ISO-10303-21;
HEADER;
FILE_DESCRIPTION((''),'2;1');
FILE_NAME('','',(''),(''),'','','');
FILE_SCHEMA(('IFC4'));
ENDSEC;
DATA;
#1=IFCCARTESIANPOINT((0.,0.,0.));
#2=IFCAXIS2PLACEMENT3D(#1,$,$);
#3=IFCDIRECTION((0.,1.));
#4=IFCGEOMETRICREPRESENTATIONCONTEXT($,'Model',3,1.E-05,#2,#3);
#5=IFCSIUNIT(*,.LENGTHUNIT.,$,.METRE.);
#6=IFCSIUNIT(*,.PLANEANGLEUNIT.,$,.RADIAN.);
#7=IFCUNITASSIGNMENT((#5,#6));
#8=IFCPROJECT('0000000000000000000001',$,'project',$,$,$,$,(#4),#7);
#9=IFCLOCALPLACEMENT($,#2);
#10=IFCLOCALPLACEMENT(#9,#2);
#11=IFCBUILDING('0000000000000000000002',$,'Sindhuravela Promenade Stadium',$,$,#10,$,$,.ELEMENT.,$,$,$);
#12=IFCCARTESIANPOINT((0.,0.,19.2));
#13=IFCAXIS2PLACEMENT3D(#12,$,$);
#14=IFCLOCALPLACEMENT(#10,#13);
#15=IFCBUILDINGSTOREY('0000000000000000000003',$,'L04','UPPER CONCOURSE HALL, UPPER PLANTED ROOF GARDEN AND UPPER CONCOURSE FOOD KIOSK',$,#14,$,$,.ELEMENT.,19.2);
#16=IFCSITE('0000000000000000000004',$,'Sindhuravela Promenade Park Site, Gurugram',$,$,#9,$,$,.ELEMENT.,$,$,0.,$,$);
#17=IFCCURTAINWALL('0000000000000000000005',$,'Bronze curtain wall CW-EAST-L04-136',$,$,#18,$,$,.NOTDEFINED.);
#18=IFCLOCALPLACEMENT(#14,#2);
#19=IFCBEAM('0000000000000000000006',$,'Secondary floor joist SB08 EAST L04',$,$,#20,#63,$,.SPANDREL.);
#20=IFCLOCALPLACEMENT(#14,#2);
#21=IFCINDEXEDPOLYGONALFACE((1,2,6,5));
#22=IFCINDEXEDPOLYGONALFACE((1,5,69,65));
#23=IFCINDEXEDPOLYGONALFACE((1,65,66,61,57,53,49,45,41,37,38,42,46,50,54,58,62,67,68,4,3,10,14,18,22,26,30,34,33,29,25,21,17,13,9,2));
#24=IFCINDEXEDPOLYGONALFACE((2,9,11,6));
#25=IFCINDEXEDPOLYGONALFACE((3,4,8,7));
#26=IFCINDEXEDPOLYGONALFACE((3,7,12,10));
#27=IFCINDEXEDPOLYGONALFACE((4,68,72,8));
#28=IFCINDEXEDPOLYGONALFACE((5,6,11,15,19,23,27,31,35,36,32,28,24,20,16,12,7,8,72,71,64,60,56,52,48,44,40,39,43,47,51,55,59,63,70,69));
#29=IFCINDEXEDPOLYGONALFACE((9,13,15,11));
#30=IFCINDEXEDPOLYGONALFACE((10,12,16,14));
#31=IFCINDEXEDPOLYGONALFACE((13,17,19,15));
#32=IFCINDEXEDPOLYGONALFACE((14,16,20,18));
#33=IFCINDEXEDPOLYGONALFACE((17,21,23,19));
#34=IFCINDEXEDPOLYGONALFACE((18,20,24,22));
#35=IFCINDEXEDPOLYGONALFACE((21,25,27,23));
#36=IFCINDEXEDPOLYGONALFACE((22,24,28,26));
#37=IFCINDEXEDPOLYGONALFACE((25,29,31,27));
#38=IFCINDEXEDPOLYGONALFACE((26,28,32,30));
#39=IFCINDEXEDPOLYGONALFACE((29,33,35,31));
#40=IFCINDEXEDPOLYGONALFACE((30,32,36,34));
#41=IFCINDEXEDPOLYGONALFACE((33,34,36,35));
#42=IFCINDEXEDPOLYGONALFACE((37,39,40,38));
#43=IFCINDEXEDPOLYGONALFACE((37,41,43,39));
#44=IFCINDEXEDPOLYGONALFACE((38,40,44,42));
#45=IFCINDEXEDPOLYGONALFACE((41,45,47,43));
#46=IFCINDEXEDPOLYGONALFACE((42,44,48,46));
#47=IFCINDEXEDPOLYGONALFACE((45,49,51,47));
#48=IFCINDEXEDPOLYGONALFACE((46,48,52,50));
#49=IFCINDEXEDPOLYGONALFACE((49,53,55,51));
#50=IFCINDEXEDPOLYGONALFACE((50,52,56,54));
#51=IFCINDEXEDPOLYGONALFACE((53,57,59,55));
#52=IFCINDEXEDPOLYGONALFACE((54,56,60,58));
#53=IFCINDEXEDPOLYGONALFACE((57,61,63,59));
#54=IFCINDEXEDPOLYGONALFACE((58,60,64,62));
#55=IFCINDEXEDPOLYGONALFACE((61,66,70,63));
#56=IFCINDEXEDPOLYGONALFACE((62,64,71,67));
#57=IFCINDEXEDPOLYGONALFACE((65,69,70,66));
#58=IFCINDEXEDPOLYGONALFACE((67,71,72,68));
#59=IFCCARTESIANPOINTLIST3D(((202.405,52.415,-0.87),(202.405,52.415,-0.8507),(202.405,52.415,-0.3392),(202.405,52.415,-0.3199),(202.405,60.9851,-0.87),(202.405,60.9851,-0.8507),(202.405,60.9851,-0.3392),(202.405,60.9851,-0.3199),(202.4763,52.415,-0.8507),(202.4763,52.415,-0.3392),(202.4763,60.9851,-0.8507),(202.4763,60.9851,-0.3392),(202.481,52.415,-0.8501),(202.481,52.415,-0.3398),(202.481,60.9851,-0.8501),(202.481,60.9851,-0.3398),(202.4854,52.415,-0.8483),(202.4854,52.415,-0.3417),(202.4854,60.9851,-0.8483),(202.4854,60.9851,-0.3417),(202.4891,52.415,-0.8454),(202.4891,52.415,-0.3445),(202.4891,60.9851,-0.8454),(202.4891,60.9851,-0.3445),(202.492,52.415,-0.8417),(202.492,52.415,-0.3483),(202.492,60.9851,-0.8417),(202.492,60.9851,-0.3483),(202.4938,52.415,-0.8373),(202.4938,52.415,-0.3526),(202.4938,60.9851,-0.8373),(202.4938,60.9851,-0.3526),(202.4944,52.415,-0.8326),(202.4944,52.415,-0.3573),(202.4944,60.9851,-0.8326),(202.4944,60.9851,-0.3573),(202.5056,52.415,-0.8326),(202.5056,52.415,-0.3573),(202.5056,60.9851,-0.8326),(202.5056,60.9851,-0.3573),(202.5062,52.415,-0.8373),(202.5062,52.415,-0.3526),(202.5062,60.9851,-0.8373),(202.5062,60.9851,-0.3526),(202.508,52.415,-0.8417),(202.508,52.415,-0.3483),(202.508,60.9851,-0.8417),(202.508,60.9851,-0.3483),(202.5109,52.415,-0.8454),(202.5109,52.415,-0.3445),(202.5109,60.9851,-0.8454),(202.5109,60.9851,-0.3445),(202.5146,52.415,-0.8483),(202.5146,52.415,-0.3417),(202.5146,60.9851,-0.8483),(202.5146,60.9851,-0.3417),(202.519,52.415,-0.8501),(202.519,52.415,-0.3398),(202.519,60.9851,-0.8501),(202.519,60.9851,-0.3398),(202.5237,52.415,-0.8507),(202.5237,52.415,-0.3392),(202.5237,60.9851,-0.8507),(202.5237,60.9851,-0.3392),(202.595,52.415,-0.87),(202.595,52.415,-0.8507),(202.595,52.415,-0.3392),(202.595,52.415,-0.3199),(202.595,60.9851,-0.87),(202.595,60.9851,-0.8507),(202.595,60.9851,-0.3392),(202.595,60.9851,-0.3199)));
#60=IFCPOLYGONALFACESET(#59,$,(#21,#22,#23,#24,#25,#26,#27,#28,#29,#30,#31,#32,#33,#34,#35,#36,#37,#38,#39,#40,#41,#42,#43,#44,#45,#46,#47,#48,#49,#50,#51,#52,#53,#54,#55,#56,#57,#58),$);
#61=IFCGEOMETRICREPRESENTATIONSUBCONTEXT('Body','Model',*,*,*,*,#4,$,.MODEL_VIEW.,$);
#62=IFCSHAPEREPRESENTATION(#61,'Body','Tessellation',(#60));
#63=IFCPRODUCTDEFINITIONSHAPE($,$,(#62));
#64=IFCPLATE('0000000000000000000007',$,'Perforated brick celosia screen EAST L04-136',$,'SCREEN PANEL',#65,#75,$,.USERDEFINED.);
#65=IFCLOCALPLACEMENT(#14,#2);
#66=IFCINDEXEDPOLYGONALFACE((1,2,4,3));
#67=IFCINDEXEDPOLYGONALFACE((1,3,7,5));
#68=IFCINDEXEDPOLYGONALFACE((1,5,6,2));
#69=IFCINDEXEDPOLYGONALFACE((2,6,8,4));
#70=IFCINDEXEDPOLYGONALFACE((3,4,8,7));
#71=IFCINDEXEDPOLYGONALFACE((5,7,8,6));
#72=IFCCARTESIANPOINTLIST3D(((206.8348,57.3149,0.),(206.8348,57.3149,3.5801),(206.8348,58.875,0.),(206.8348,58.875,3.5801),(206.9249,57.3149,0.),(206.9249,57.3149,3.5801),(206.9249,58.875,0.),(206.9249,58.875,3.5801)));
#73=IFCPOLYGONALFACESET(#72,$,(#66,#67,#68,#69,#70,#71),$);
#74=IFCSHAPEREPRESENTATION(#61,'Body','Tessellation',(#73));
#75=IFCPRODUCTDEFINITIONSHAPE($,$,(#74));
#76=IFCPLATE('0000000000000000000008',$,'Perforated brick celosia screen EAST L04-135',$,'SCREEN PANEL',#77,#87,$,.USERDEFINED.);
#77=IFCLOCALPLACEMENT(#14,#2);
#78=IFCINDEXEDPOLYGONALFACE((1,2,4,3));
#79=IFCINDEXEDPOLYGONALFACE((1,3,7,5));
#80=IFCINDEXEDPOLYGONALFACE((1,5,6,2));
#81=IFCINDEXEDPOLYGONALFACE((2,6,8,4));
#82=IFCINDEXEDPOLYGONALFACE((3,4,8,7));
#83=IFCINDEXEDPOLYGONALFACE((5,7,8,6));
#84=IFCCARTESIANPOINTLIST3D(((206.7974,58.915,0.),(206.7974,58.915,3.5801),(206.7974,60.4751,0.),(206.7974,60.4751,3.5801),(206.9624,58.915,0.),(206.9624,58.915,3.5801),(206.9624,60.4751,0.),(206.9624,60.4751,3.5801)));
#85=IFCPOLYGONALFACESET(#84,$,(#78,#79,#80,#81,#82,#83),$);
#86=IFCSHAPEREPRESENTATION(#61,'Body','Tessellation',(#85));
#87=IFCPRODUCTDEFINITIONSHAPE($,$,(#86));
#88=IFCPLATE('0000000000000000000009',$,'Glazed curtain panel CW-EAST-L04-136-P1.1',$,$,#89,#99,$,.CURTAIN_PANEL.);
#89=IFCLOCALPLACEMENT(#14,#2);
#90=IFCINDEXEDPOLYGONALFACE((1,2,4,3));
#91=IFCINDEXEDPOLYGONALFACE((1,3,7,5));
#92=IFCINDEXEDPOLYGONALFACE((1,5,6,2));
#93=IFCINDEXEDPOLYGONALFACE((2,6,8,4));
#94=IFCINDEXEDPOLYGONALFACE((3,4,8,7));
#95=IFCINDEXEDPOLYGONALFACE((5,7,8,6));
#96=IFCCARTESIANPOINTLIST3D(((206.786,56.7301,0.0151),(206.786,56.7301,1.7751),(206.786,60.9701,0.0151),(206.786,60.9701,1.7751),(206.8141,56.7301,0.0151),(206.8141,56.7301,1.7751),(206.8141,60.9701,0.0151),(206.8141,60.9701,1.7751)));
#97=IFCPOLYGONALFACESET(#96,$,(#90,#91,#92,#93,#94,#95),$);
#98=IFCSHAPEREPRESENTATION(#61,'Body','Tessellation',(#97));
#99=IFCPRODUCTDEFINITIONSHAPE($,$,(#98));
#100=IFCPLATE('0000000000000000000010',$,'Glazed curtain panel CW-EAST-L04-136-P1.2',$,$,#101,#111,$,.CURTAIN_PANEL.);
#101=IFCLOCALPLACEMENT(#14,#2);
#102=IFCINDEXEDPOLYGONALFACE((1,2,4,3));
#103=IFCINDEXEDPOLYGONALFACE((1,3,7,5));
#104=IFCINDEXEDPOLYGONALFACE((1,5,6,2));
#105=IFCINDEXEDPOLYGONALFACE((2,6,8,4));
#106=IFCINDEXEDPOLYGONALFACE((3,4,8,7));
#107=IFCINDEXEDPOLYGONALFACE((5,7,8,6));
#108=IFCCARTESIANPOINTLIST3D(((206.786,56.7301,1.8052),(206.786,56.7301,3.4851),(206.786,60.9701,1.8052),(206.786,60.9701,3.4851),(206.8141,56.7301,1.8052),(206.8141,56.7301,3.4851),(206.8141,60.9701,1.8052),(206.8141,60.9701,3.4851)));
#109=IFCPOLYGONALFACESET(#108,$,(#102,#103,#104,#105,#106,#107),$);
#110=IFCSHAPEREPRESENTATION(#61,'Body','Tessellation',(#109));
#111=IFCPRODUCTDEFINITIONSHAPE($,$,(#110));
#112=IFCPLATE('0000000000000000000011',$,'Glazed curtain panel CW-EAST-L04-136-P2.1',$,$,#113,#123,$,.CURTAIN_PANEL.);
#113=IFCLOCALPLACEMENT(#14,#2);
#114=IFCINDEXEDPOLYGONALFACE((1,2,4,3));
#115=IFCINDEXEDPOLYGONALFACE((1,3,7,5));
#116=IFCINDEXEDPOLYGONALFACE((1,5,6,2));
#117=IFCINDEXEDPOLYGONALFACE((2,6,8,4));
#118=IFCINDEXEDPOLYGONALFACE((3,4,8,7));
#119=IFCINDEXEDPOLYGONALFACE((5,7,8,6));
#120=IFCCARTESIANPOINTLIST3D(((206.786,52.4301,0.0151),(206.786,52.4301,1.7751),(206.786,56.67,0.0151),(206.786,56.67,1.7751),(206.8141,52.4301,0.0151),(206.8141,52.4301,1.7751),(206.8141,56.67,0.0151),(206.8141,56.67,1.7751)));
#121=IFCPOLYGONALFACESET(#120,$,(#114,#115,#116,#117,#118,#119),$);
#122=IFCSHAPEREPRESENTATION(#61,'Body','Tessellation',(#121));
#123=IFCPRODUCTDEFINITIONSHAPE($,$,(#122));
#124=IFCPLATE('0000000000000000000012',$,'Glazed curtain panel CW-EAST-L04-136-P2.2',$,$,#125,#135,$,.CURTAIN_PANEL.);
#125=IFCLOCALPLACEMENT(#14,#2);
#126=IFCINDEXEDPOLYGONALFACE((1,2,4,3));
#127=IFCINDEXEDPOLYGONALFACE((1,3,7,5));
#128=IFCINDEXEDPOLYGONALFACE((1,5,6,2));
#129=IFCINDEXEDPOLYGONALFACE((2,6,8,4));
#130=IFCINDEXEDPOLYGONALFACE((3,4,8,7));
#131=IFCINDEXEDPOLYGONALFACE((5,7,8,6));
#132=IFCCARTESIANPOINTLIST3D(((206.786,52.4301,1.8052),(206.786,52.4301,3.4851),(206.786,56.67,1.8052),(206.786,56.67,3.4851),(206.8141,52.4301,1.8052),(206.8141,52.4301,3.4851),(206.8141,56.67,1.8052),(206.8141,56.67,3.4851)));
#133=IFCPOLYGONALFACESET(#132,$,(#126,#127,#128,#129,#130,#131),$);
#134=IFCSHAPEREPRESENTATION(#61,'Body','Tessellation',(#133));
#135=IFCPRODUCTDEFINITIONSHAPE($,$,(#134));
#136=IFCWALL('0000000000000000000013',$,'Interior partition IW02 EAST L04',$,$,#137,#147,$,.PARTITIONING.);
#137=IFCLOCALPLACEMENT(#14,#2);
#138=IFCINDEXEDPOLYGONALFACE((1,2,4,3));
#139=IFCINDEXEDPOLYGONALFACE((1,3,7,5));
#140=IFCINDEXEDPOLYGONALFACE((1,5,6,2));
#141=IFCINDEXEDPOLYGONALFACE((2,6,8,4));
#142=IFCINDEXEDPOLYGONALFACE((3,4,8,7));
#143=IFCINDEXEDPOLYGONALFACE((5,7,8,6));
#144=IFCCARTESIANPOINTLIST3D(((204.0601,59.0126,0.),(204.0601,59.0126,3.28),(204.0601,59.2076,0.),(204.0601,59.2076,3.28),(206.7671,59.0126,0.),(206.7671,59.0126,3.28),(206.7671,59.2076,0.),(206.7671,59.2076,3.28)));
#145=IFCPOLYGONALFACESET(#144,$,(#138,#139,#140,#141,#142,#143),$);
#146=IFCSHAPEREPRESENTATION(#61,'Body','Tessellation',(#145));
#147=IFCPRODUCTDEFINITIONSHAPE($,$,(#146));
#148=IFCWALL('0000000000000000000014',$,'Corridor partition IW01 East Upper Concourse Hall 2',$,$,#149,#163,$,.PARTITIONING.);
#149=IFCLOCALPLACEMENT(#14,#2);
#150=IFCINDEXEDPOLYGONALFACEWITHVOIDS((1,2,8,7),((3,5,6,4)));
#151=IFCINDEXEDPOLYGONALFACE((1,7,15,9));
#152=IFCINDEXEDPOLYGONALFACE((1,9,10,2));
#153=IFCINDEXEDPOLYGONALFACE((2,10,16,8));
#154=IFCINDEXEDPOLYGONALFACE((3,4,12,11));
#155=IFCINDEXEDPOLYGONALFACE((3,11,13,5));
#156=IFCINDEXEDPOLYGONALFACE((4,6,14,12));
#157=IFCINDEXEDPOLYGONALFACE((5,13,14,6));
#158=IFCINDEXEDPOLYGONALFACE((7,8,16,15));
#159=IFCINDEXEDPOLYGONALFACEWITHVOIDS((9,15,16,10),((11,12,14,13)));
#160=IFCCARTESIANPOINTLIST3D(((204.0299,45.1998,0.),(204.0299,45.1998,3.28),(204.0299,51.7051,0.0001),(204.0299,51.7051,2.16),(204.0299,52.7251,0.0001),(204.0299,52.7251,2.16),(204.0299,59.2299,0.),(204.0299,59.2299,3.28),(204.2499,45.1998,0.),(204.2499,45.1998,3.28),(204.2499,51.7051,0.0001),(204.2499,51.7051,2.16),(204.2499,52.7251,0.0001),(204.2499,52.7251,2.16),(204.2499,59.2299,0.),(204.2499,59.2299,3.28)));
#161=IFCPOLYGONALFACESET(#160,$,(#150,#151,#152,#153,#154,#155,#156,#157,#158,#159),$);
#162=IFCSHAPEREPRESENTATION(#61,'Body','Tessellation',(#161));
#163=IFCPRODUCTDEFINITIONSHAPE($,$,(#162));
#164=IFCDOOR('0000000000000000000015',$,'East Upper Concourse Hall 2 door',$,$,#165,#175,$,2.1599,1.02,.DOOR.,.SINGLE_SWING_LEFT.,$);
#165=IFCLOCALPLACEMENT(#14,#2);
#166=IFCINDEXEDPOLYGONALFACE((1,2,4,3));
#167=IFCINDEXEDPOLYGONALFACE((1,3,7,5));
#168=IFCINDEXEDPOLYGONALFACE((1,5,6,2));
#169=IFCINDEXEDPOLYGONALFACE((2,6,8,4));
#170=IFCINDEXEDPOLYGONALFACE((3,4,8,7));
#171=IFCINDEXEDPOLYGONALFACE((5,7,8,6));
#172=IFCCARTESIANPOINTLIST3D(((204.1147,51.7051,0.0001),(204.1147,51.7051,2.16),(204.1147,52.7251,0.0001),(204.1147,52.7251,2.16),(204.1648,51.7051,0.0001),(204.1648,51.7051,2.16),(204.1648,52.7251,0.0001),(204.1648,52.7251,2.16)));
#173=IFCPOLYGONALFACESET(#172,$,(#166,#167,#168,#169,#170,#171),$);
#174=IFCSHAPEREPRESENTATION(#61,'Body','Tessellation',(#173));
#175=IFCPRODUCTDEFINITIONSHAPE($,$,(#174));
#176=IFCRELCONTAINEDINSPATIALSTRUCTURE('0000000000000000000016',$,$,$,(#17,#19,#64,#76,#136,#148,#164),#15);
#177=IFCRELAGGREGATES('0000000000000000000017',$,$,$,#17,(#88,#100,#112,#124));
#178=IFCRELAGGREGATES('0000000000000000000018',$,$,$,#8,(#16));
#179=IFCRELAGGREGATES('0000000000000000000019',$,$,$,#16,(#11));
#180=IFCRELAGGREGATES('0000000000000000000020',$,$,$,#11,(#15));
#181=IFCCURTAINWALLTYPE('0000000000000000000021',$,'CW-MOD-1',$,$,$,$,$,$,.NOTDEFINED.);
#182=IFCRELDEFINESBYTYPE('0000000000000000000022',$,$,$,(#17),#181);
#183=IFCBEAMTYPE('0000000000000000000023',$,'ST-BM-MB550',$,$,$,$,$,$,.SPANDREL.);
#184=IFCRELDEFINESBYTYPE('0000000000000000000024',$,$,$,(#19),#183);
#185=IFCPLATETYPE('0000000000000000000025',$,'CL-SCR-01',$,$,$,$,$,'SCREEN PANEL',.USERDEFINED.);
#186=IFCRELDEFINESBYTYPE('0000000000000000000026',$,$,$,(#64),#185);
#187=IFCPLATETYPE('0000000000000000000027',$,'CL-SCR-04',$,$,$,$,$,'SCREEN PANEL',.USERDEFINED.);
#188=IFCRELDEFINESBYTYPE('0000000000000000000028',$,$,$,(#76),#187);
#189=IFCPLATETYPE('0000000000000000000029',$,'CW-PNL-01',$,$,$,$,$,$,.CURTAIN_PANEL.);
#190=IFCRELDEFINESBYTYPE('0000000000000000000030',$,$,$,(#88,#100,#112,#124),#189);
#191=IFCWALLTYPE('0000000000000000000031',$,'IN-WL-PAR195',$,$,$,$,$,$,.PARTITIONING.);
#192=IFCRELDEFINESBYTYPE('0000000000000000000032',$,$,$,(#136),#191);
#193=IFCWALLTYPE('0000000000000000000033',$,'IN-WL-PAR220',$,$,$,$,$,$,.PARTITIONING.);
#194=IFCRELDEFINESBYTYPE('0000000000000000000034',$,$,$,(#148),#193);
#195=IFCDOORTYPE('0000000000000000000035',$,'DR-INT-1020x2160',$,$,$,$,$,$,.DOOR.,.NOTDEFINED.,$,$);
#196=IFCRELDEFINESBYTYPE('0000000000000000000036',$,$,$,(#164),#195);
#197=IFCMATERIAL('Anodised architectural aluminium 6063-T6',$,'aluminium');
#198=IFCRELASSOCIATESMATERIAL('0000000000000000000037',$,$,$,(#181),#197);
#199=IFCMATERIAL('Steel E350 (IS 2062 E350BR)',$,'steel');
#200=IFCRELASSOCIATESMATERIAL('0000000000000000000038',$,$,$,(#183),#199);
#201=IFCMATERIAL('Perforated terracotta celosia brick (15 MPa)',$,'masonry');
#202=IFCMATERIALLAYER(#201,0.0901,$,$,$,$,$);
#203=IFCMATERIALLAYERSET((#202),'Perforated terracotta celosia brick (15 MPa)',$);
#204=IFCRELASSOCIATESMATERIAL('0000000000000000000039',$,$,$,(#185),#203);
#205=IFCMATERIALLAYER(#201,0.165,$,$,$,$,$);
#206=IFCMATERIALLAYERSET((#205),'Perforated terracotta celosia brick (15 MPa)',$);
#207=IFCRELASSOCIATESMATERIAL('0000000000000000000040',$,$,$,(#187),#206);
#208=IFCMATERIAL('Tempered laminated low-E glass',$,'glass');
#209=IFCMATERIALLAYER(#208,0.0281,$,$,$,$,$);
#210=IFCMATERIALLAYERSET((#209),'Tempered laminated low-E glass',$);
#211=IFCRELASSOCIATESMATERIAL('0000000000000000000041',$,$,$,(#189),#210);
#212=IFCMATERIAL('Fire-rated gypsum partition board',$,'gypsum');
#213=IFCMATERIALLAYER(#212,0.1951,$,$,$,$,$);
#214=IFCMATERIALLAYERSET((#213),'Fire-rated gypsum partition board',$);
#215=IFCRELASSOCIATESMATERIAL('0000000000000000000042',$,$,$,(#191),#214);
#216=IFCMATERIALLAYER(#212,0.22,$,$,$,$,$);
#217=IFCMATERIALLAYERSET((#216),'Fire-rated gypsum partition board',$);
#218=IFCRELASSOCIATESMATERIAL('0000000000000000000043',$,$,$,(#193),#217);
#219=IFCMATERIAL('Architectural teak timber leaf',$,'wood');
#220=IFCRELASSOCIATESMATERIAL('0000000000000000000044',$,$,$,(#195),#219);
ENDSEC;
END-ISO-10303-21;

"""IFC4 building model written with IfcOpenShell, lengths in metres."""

from ifc_helpers import new_model, si_unit, direction, frame, frame_2d, origin, origin_2d, place, context, subcontext, project, spatial, rectangle, i_section, extrude, material, layer, layer_set, material_profile, profile_set, type_object, element, fill, aggregate, save


model = new_model("IFC4")

# Units and contexts
model_context = context("Model", 3, precision=1e-05, world=origin(), true_north=direction((0.0, 1.0)))
body_context = subcontext(model_context, "Body", "Model", "MODEL_VIEW")
ifc_project = project(units=[si_unit("LENGTHUNIT", "METRE"), si_unit("PLANEANGLEUNIT", "RADIAN")], contexts=[model_context])

# Site, building, storey
site_placement = place(None, origin())
site = spatial("IfcSite", under=ifc_project, at=site_placement, Name="Sindhuravela Promenade Park Site, Gurugram", CompositionType="ELEMENT", RefElevation=0.0)
building_placement = place(site_placement, origin())
building = spatial("IfcBuilding", under=site, at=building_placement, Name="Sindhuravela Promenade Stadium", CompositionType="ELEMENT")
storey_placement = place(building_placement, frame((0.0, 0.0, 19.2)))
storey = spatial("IfcBuildingStorey", under=building, at=storey_placement, Name="L04", Description="UPPER CONCOURSE HALL, UPPER PLANTED ROOF GARDEN AND UPPER CONCOURSE FOOD KIOSK", CompositionType="ELEMENT", Elevation=19.2)

# Shared definitions
ifc_material_1 = material(Name="Steel E350 (IS 2062 E350BR)", Category="steel")

# Curtain wall
ifc_material_2 = material(Name="Anodised architectural aluminium 6063-T6", Category="aluminium")
curtain_wall_type_1 = type_object("IfcCurtainWallType", Name="CW-MOD-1", PredefinedType="NOTDEFINED", material=ifc_material_2)
curtain_wall_1_placement = place(storey_placement, origin())
curtain_wall_1 = element("IfcCurtainWall", 1, at=curtain_wall_1_placement, inside=storey, type_object=curtain_wall_type_1, Name="Bronze curtain wall CW-EAST-L04-136", PredefinedType="NOTDEFINED")

# Beam
ifc_material_profile_1 = material_profile(ifc_material_1, i_section(OverallWidth=0.1899, OverallDepth=0.55, WebThickness=0.0112, FlangeThickness=0.0193, FilletRadius=0.0181, at=origin_2d()), Name="ISMB 550")
ifc_profile_set_1 = profile_set([ifc_material_profile_1], Name="Steel E350 (IS 2062 E350BR)")
beam_type_1 = type_object("IfcBeamType", Name="ST-BM-MB550", PredefinedType="SPANDREL", material=ifc_profile_set_1)
beam_1_placement = place(storey_placement, frame((202.5, 52.415, -0.595), z_axis=(0.0, 1.0, 0.0), x_axis=(-1.0, 0.0, 0.0)))
element("IfcBeam", 2, at=beam_1_placement, inside=storey, type_object=beam_type_1, Name="Secondary floor joist SB08 EAST L04", PredefinedType="SPANDREL", context=body_context, shape_type="SweptSolid", body=[
    extrude(i_section(OverallWidth=0.1899, OverallDepth=0.55, WebThickness=0.0112, FlangeThickness=0.0193, FilletRadius=0.0181, at=origin_2d()), origin(), (0.0, 0.0, 1.0), 8.5701),
])

# Plates
ifc_material_3 = material(Name="Perforated terracotta celosia brick (15 MPa)", Category="masonry")
ifc_layer_1 = layer(ifc_material_3, 0.0901)
ifc_layer_set_1 = layer_set([ifc_layer_1], Name="Perforated terracotta celosia brick (15 MPa)")
plate_type_1 = type_object("IfcPlateType", Name="CL-SCR-01", ElementType="SCREEN PANEL", PredefinedType="USERDEFINED", material=ifc_layer_set_1)
plate_1_placement = place(storey_placement, frame((206.8799, 58.095, 0.0), z_axis=(0.0, 0.0, 1.0), x_axis=(0.0, -1.0, 0.0)))
element("IfcPlate", 3, at=plate_1_placement, inside=storey, type_object=plate_type_1, Name="Perforated brick celosia screen EAST L04-136", ObjectType="SCREEN PANEL", PredefinedType="USERDEFINED", context=body_context, shape_type="SweptSolid", body=[
    extrude(rectangle(XDim=1.5601, YDim=0.0901, at=origin_2d()), origin(), (0.0, 0.0, 1.0), 3.5801),
])
ifc_layer_2 = layer(ifc_material_3, 0.165)
ifc_layer_set_2 = layer_set([ifc_layer_2], Name="Perforated terracotta celosia brick (15 MPa)")
plate_type_2 = type_object("IfcPlateType", Name="CL-SCR-04", ElementType="SCREEN PANEL", PredefinedType="USERDEFINED", material=ifc_layer_set_2)
plate_2_placement = place(storey_placement, frame((206.8799, 59.6951, 0.0), z_axis=(0.0, 0.0, 1.0), x_axis=(0.0, -1.0, 0.0)))
element("IfcPlate", 4, at=plate_2_placement, inside=storey, type_object=plate_type_2, Name="Perforated brick celosia screen EAST L04-135", ObjectType="SCREEN PANEL", PredefinedType="USERDEFINED", context=body_context, shape_type="SweptSolid", body=[
    extrude(rectangle(XDim=1.5601, YDim=0.165, at=origin_2d()), origin(), (0.0, 0.0, 1.0), 3.5801),
])

# Plates
ifc_material_4 = material(Name="Tempered laminated low-E glass", Category="glass")
ifc_layer_3 = layer(ifc_material_4, 0.0281)
ifc_layer_set_3 = layer_set([ifc_layer_3], Name="Tempered laminated low-E glass")
plate_type_3 = type_object("IfcPlateType", Name="CW-PNL-01", PredefinedType="CURTAIN_PANEL", material=ifc_layer_set_3)
plate_3_placement = place(storey_placement, frame((206.8, 58.8501, 0.0151), z_axis=(0.0, 0.0, 1.0), x_axis=(0.0, -1.0, 0.0)))
plate_3 = element("IfcPlate", 5, at=plate_3_placement, type_object=plate_type_3, Name="Glazed curtain panel CW-EAST-L04-136-P1.1", PredefinedType="CURTAIN_PANEL", context=body_context, shape_type="SweptSolid", body=[
    extrude(rectangle(XDim=4.24, YDim=0.0281, at=origin_2d()), origin(), (0.0, 0.0, 1.0), 1.76),
])
plate_4_placement = place(storey_placement, frame((206.8, 58.8501, 1.8052), z_axis=(0.0, 0.0, 1.0), x_axis=(0.0, -1.0, 0.0)))
plate_4 = element("IfcPlate", 6, at=plate_4_placement, type_object=plate_type_3, Name="Glazed curtain panel CW-EAST-L04-136-P1.2", PredefinedType="CURTAIN_PANEL", context=body_context, shape_type="SweptSolid", body=[
    extrude(rectangle(XDim=4.24, YDim=0.0281, at=origin_2d()), origin(), (0.0, 0.0, 1.0), 1.6799),
])
plate_5_placement = place(storey_placement, frame((206.8, 54.55, 0.0151), z_axis=(0.0, 0.0, 1.0), x_axis=(0.0, -1.0, 0.0)))
plate_5 = element("IfcPlate", 7, at=plate_5_placement, type_object=plate_type_3, Name="Glazed curtain panel CW-EAST-L04-136-P2.1", PredefinedType="CURTAIN_PANEL", context=body_context, shape_type="SweptSolid", body=[
    extrude(rectangle(XDim=4.24, YDim=0.0281, at=origin_2d()), origin(), (0.0, 0.0, 1.0), 1.76),
])
plate_6_placement = place(storey_placement, frame((206.8, 54.55, 1.8052), z_axis=(0.0, 0.0, 1.0), x_axis=(0.0, -1.0, 0.0)))
plate_6 = element("IfcPlate", 8, at=plate_6_placement, type_object=plate_type_3, Name="Glazed curtain panel CW-EAST-L04-136-P2.2", PredefinedType="CURTAIN_PANEL", context=body_context, shape_type="SweptSolid", body=[
    extrude(rectangle(XDim=4.24, YDim=0.0281, at=origin_2d()), origin(), (0.0, 0.0, 1.0), 1.6799),
])
aggregate(curtain_wall_1, [plate_3, plate_4, plate_5, plate_6])

# Wall
ifc_material_5 = material(Name="Fire-rated gypsum partition board", Category="gypsum")
ifc_layer_4 = layer(ifc_material_5, 0.1951)
ifc_layer_set_4 = layer_set([ifc_layer_4], Name="Fire-rated gypsum partition board")
wall_type_1 = type_object("IfcWallType", Name="IN-WL-PAR195", PredefinedType="PARTITIONING", material=ifc_layer_set_4)
wall_1_placement = place(storey_placement, frame((204.0601, 59.1101, 0.0), z_axis=(0.0, 0.0, 1.0), x_axis=(1.0, 0.0, 0.0)))
element("IfcWall", 9, at=wall_1_placement, inside=storey, type_object=wall_type_1, Name="Interior partition IW02 EAST L04", PredefinedType="PARTITIONING", context=body_context, shape_type="SweptSolid", body=[
    extrude(rectangle(XDim=2.707, YDim=0.1951, at=frame_2d((1.3535, 0.0))), origin(), (0.0, 0.0, 1.0), 3.28),
])

# Wall, opening, door
ifc_layer_5 = layer(ifc_material_5, 0.22)
ifc_layer_set_5 = layer_set([ifc_layer_5], Name="Fire-rated gypsum partition board")
wall_type_2 = type_object("IfcWallType", Name="IN-WL-PAR220", PredefinedType="PARTITIONING", material=ifc_layer_set_5)
wall_2_placement = place(storey_placement, frame((204.1399, 59.23, 0.0), z_axis=(0.0, 0.0, 1.0), x_axis=(0.0, -1.0, 0.0)))
wall_2 = element("IfcWall", 10, at=wall_2_placement, inside=storey, type_object=wall_type_2, Name="Corridor partition IW01 East Upper Concourse Hall 2", PredefinedType="PARTITIONING", context=body_context, shape_type="SweptSolid", body=[
    extrude(rectangle(XDim=14.03, YDim=0.22, at=frame_2d((7.0151, 0.0))), origin(), (0.0, 0.0, 1.0), 3.28),
])
opening_placement = place(wall_2_placement, frame((6.5049, 0.0, 0.0)))
opening = element("IfcOpeningElement", 11, at=opening_placement, cuts=wall_2, PredefinedType="OPENING", context=body_context, shape_type="SweptSolid", body=[
    extrude(rectangle(XDim=1.02, YDim=2.1599, at=frame_2d((0.51, 1.0801))), frame((0.0, 0.1199, 0.0), z_axis=(0.0, -1.0, 0.0), x_axis=(1.0, 0.0, 0.0)), (0.0, 0.0, 1.0), 0.24),
])
ifc_material_6 = material(Name="Architectural teak timber leaf", Category="wood")
door_type = type_object("IfcDoorType", Name="DR-INT-1020x2160", OperationType="NOTDEFINED", PredefinedType="DOOR", material=ifc_material_6)
door_placement = place(opening_placement, origin())
door = element("IfcDoor", 12, at=door_placement, inside=storey, type_object=door_type, Name="East Upper Concourse Hall 2 door", OperationType="SINGLE_SWING_LEFT", OverallHeight=2.1599, OverallWidth=1.02, PredefinedType="DOOR", context=body_context, shape_type="SweptSolid", body=[
    extrude(rectangle(XDim=1.02, YDim=2.1599, at=frame_2d((0.51, 1.0801))), frame((0.0, 0.0249, 0.0), z_axis=(0.0, -1.0, 0.0), x_axis=(1.0, 0.0, 0.0)), (0.0, 0.0, 1.0), 0.05),
])
fill(opening, door)

save(model, "model.ifc")
